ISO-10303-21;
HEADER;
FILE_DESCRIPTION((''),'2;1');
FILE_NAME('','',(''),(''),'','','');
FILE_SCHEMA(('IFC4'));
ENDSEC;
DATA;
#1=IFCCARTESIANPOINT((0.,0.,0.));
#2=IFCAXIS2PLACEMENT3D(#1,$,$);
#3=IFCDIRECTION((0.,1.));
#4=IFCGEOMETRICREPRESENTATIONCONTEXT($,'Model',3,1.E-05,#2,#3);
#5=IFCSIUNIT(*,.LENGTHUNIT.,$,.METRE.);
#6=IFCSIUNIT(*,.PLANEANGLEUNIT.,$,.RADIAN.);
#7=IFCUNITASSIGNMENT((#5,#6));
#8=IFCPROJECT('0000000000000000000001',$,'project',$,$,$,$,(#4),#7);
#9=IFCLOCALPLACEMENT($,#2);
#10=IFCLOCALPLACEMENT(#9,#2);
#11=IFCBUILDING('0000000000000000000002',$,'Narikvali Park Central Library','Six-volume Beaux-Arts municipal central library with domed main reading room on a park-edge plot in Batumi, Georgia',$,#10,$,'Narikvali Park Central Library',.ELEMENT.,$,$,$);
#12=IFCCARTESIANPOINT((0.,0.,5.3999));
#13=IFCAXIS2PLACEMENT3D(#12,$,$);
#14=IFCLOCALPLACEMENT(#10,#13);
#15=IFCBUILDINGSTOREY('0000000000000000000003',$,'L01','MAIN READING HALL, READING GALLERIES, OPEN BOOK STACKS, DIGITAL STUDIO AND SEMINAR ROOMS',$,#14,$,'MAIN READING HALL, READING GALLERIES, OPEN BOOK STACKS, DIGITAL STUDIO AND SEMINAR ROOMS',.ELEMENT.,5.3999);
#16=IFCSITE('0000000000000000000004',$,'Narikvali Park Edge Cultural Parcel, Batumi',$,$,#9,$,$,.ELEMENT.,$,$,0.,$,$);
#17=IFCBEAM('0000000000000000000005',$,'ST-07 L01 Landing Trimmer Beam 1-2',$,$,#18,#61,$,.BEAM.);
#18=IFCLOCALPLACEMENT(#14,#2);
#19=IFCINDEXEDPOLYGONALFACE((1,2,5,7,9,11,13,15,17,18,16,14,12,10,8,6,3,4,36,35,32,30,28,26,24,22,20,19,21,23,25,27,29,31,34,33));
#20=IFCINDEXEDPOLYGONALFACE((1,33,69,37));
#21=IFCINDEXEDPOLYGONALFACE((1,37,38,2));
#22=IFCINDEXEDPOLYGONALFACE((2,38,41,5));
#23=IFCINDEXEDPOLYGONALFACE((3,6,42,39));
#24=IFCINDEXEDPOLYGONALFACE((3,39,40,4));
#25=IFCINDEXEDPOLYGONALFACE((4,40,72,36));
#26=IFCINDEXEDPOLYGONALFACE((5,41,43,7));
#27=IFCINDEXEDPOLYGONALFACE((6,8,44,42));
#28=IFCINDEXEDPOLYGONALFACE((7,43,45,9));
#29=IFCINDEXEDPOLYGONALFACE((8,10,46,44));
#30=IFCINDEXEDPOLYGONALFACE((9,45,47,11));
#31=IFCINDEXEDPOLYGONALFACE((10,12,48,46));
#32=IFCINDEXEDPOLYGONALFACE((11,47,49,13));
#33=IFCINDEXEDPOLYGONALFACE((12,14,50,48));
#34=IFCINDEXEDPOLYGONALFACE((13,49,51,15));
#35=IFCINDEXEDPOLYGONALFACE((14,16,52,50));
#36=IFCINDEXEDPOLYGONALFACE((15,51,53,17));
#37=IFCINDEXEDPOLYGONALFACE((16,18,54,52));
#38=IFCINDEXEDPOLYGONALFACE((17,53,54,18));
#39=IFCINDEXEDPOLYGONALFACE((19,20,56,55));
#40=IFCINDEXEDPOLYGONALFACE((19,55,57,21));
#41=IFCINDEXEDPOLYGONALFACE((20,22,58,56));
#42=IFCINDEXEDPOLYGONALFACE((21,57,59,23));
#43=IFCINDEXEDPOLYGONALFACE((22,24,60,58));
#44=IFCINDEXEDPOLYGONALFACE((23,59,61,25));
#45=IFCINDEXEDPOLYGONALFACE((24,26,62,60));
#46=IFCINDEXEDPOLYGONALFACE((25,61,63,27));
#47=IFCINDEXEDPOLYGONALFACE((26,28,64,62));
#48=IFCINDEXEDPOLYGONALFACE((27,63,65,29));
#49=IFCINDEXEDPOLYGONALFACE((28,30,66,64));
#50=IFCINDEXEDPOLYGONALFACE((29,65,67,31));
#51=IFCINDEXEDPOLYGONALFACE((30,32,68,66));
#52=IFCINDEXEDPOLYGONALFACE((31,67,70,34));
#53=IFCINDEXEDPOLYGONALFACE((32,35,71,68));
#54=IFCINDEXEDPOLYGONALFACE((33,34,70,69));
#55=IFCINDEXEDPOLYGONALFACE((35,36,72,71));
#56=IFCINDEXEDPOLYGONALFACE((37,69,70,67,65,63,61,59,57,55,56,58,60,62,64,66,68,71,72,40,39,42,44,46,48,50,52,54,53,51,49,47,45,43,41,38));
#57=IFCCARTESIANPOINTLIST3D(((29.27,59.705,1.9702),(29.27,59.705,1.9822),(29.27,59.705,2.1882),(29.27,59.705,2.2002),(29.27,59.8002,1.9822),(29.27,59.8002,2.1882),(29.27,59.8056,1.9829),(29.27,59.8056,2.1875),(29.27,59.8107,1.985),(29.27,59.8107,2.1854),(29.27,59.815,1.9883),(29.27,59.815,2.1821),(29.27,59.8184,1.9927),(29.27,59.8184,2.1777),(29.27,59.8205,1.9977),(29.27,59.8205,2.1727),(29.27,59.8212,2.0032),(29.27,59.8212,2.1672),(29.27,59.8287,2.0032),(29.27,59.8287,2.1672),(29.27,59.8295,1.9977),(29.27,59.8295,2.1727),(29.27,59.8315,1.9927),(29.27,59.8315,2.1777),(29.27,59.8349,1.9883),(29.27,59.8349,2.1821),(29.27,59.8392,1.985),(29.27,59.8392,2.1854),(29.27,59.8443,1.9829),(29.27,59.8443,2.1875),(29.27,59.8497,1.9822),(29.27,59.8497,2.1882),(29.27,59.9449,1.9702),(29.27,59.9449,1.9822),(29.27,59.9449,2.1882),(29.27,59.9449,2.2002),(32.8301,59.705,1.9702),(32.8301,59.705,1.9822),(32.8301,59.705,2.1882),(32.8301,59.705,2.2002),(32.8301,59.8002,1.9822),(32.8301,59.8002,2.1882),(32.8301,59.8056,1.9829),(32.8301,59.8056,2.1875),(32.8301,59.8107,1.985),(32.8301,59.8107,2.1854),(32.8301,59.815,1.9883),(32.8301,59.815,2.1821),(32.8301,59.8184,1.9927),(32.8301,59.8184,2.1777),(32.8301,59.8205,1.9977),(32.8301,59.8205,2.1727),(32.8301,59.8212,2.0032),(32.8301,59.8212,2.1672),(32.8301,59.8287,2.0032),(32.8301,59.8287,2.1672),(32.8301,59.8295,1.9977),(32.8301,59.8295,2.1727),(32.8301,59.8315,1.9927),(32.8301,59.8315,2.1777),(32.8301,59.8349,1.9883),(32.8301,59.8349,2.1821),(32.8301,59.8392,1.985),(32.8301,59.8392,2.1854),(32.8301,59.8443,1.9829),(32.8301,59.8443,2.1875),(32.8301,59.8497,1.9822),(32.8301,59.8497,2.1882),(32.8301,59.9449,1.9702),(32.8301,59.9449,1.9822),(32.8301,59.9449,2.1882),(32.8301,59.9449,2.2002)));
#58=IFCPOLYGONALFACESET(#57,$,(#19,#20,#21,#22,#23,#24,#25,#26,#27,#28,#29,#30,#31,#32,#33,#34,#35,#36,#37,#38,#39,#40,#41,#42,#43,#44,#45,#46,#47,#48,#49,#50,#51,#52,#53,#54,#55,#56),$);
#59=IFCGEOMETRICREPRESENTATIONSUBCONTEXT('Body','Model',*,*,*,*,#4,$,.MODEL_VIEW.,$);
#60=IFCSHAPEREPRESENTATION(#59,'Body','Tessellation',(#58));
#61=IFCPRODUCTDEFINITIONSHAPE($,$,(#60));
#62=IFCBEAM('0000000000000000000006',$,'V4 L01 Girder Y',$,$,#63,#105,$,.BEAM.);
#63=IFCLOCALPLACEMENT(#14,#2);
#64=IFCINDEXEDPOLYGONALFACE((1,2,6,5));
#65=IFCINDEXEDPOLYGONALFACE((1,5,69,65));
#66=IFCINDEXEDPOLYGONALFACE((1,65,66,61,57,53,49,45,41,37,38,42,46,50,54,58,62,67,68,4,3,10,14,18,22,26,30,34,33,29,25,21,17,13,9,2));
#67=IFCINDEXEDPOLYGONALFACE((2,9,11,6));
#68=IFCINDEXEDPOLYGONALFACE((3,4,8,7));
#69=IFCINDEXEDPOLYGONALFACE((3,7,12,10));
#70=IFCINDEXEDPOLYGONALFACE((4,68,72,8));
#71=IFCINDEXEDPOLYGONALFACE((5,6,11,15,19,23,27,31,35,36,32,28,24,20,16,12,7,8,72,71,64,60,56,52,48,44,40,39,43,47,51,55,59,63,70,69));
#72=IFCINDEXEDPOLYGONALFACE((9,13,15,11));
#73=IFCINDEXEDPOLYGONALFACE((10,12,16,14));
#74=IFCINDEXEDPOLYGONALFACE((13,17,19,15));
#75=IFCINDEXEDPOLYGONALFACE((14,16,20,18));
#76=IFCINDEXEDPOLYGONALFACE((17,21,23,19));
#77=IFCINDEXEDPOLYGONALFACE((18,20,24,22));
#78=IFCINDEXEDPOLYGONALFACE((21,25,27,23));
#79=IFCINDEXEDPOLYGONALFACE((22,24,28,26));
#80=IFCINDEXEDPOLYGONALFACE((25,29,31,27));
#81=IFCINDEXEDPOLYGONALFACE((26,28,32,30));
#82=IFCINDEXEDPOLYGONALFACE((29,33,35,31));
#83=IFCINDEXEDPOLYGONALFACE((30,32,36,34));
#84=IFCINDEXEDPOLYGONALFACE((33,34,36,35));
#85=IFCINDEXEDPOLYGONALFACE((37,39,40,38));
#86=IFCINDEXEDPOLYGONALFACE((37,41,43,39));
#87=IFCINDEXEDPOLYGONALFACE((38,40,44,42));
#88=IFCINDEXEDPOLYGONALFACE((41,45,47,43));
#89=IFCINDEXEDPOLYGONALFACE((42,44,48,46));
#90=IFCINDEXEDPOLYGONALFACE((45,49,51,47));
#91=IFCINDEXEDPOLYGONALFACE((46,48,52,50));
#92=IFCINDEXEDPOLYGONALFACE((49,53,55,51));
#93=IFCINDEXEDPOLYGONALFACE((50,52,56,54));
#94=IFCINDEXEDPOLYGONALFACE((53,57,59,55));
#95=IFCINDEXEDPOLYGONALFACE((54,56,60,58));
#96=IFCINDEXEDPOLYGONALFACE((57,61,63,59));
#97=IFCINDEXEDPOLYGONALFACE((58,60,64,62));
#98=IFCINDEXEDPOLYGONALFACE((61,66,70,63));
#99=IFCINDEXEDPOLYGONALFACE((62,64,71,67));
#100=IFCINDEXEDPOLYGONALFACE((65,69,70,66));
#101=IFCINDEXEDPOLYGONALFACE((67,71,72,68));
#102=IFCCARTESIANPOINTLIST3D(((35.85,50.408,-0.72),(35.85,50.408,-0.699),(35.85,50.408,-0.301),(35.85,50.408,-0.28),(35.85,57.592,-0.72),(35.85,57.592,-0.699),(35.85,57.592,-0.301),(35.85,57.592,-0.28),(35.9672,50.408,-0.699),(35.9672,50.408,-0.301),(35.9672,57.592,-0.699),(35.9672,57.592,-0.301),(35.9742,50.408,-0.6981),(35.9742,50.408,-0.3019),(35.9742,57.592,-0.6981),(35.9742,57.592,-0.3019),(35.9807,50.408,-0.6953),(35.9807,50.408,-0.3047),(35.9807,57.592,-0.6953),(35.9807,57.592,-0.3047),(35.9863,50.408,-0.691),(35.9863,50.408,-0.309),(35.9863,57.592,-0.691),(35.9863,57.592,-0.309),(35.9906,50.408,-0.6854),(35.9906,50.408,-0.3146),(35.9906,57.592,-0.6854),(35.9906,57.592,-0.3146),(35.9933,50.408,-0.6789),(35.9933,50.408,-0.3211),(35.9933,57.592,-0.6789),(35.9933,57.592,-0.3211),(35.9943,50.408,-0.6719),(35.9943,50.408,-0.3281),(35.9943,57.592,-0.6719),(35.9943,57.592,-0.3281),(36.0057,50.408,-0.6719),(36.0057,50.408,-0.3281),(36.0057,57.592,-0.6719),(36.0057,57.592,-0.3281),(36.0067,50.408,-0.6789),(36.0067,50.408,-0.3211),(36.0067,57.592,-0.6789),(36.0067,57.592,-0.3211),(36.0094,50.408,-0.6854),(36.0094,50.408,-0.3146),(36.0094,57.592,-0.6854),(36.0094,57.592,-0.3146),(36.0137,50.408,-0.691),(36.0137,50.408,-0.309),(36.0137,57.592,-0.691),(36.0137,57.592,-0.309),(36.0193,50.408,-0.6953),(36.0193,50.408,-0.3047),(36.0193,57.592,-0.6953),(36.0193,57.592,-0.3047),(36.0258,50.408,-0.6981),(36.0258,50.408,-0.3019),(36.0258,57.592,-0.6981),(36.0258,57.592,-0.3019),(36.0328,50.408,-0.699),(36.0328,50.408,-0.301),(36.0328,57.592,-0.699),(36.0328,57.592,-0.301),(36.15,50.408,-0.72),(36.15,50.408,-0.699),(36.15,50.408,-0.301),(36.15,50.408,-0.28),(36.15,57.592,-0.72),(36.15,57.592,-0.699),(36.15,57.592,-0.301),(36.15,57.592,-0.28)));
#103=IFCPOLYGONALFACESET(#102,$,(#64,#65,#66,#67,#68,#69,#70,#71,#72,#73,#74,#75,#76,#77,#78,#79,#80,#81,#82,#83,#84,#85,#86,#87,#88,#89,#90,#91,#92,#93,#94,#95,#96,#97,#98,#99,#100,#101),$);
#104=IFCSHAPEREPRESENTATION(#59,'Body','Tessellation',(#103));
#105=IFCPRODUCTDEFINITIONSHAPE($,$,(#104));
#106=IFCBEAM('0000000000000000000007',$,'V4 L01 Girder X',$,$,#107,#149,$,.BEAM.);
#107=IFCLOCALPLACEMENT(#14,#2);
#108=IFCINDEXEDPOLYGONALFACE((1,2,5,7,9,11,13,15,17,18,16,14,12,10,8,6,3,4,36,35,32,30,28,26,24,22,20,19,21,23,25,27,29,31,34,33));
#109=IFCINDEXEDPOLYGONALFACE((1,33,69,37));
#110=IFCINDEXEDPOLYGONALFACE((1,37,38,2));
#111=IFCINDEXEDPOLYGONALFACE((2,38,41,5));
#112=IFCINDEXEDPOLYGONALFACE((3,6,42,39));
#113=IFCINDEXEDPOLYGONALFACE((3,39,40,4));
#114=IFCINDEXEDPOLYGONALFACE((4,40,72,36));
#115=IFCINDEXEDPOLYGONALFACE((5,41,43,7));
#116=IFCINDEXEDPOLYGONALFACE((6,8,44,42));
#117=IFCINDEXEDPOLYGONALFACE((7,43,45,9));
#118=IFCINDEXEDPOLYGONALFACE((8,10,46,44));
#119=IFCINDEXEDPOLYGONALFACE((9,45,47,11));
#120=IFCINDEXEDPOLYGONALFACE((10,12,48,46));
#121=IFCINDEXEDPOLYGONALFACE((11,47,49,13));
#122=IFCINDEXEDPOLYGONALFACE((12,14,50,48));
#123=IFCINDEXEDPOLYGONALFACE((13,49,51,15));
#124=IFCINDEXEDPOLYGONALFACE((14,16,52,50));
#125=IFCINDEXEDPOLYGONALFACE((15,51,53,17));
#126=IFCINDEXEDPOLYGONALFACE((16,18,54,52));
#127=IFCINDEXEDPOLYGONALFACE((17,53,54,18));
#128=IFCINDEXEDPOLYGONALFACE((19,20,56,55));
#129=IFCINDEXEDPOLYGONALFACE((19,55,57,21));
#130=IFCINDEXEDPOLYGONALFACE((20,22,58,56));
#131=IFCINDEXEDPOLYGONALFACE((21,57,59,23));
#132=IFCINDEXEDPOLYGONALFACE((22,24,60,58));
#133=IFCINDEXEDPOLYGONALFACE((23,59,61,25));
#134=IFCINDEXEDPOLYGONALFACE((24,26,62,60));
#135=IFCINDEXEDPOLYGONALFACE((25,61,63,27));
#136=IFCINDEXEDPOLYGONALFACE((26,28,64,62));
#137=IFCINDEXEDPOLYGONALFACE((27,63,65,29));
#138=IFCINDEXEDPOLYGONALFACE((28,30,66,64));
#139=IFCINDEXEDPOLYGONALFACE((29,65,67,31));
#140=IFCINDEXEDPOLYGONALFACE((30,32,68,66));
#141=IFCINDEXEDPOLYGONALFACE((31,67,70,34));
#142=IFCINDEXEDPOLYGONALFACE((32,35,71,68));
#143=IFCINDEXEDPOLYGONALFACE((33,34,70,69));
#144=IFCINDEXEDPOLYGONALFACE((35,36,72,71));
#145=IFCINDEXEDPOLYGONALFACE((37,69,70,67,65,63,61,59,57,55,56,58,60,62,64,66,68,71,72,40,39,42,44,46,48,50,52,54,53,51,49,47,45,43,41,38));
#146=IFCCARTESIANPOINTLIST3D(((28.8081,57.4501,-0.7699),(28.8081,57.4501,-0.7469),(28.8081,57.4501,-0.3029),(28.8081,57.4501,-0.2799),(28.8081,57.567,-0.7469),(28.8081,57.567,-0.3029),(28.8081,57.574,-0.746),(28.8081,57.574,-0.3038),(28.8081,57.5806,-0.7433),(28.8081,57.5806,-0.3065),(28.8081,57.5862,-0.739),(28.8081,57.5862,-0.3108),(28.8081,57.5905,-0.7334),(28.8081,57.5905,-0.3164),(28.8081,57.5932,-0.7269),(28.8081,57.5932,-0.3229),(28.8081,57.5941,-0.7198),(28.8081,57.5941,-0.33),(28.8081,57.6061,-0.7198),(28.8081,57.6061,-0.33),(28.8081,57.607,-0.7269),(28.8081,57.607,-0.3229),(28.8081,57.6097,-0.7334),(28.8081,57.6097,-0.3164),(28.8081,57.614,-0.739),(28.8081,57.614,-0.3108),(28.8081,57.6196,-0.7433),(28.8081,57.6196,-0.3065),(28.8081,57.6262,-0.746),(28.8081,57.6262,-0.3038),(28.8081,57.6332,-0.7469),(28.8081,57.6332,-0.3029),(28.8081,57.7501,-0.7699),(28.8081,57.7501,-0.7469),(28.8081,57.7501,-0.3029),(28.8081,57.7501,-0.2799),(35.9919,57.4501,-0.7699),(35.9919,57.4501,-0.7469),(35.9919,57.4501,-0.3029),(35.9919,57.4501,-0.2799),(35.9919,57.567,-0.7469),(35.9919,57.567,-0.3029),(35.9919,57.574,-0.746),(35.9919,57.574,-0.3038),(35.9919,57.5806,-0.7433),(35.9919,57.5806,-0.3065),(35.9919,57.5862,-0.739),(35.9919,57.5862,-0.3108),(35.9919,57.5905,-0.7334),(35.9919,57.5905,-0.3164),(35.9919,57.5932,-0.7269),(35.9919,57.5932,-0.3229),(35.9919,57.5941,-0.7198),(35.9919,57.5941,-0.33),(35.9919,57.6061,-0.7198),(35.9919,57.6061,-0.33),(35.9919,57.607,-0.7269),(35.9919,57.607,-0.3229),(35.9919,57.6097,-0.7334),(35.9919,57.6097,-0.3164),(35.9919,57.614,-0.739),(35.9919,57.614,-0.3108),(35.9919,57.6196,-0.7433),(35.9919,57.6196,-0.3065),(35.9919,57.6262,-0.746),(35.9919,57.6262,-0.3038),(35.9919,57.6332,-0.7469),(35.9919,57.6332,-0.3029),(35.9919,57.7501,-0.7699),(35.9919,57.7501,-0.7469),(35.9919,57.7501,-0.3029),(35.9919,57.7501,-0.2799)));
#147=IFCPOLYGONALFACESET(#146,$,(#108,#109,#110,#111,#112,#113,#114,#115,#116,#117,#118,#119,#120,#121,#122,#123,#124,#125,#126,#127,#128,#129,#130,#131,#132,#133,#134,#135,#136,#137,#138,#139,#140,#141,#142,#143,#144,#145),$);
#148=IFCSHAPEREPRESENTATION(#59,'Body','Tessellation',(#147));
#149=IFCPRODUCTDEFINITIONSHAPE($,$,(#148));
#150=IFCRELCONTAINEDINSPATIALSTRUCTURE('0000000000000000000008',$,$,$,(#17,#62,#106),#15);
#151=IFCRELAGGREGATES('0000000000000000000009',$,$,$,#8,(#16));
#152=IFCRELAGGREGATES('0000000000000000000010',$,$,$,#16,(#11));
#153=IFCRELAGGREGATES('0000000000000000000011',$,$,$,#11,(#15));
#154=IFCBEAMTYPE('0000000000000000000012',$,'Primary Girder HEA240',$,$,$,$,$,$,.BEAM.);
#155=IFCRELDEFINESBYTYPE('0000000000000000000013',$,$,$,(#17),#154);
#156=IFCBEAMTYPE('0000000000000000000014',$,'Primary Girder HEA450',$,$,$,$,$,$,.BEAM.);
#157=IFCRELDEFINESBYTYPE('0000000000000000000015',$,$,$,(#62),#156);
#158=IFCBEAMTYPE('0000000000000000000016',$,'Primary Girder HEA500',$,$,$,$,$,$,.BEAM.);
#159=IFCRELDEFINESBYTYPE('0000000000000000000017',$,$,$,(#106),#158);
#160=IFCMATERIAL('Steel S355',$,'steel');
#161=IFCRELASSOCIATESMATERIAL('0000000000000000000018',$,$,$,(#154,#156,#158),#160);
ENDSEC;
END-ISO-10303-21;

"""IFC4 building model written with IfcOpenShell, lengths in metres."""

from ifc_helpers import new_model, si_unit, direction, frame, origin, origin_2d, place, context, subcontext, project, spatial, i_section, extrude, material, material_profile, profile_set, type_object, element, save


model = new_model("IFC4")

# Units and contexts
model_context = context("Model", 3, precision=1e-05, world=origin(), true_north=direction((0.0, 1.0)))
body_context = subcontext(model_context, "Body", "Model", "MODEL_VIEW")
ifc_project = project(units=[si_unit("LENGTHUNIT", "METRE"), si_unit("PLANEANGLEUNIT", "RADIAN")], contexts=[model_context])

# Site, building, storey
site_placement = place(None, origin())
site = spatial("IfcSite", under=ifc_project, at=site_placement, Name="Narikvali Park Edge Cultural Parcel, Batumi", CompositionType="ELEMENT", RefElevation=0.0)
building_placement = place(site_placement, origin())
building = spatial("IfcBuilding", under=site, at=building_placement, Name="Narikvali Park Central Library", Description="Six-volume Beaux-Arts municipal central library with domed main reading room on a park-edge plot in Batumi, Georgia", LongName="Narikvali Park Central Library", CompositionType="ELEMENT")
storey_placement = place(building_placement, frame((0.0, 0.0, 5.3999)))
storey = spatial("IfcBuildingStorey", under=building, at=storey_placement, Name="L01", Description="MAIN READING HALL, READING GALLERIES, OPEN BOOK STACKS, DIGITAL STUDIO AND SEMINAR ROOMS", LongName="MAIN READING HALL, READING GALLERIES, OPEN BOOK STACKS, DIGITAL STUDIO AND SEMINAR ROOMS", CompositionType="ELEMENT", Elevation=5.3999)

# Shared definitions
ifc_material_1 = material(Name="Steel S355", Category="steel")

# Beams
ifc_material_profile_1 = material_profile(ifc_material_1, i_section(OverallWidth=0.24, OverallDepth=0.23, WebThickness=0.0076, FlangeThickness=0.012, FilletRadius=0.021, at=origin_2d()), Name="HEA 240")
ifc_profile_set_1 = profile_set([ifc_material_profile_1], Name="Steel S355")
beam_type_1 = type_object("IfcBeamType", Name="Primary Girder HEA240", PredefinedType="BEAM", material=ifc_profile_set_1)
for number, where, z_axis, x_axis, name in (
    (1, (29.27, 59.825, 2.0852), (1.0, 0.0, 0.0), (0.0, 1.0, 0.0), "ST-07 L01 Landing Trimmer Beam 1-2"),
):
    element("IfcBeam", number, at=place(storey_placement, frame(where, z_axis=z_axis, x_axis=x_axis)), inside=storey, type_object=beam_type_1, Name=name, PredefinedType="BEAM", context=body_context, shape_type="SweptSolid", body=[
        extrude(i_section(OverallWidth=0.24, OverallDepth=0.23, WebThickness=0.0076, FlangeThickness=0.012, FilletRadius=0.021, at=origin_2d()), origin(), (0.0, 0.0, 1.0), 3.5601),
    ])
ifc_material_profile_2 = material_profile(ifc_material_1, i_section(OverallWidth=0.3, OverallDepth=0.4399, WebThickness=0.0115, FlangeThickness=0.021, FilletRadius=0.0271, at=origin_2d()), Name="HEA 450")
ifc_profile_set_2 = profile_set([ifc_material_profile_2], Name="Steel S355")
beam_type_2 = type_object("IfcBeamType", Name="Primary Girder HEA450", PredefinedType="BEAM", material=ifc_profile_set_2)
beam_1_placement = place(storey_placement, frame((36.0, 50.408, -0.5), z_axis=(0.0, 1.0, 0.0), x_axis=(-1.0, 0.0, 0.0)))
element("IfcBeam", 2, at=beam_1_placement, inside=storey, type_object=beam_type_2, Name="V4 L01 Girder Y", PredefinedType="BEAM", context=body_context, shape_type="SweptSolid", body=[
    extrude(i_section(OverallWidth=0.3, OverallDepth=0.4399, WebThickness=0.0115, FlangeThickness=0.021, FilletRadius=0.0271, at=origin_2d()), origin(), (0.0, 0.0, 1.0), 7.1841),
])
ifc_material_profile_3 = material_profile(ifc_material_1, i_section(OverallWidth=0.3, OverallDepth=0.49, WebThickness=0.012, FlangeThickness=0.0229, FilletRadius=0.0271, at=origin_2d()), Name="HEA 500")
ifc_profile_set_3 = profile_set([ifc_material_profile_3], Name="Steel S355")
beam_type_3 = type_object("IfcBeamType", Name="Primary Girder HEA500", PredefinedType="BEAM", material=ifc_profile_set_3)
beam_2_placement = place(storey_placement, frame((28.8081, 57.6001, -0.5249), z_axis=(1.0, 0.0, 0.0), x_axis=(0.0, 1.0, 0.0)))
element("IfcBeam", 3, at=beam_2_placement, inside=storey, type_object=beam_type_3, Name="V4 L01 Girder X", PredefinedType="BEAM", context=body_context, shape_type="SweptSolid", body=[
    extrude(i_section(OverallWidth=0.3, OverallDepth=0.49, WebThickness=0.012, FlangeThickness=0.0229, FilletRadius=0.0271, at=origin_2d()), origin(), (0.0, 0.0, 1.0), 7.1838),
])

save(model, "model.ifc")
